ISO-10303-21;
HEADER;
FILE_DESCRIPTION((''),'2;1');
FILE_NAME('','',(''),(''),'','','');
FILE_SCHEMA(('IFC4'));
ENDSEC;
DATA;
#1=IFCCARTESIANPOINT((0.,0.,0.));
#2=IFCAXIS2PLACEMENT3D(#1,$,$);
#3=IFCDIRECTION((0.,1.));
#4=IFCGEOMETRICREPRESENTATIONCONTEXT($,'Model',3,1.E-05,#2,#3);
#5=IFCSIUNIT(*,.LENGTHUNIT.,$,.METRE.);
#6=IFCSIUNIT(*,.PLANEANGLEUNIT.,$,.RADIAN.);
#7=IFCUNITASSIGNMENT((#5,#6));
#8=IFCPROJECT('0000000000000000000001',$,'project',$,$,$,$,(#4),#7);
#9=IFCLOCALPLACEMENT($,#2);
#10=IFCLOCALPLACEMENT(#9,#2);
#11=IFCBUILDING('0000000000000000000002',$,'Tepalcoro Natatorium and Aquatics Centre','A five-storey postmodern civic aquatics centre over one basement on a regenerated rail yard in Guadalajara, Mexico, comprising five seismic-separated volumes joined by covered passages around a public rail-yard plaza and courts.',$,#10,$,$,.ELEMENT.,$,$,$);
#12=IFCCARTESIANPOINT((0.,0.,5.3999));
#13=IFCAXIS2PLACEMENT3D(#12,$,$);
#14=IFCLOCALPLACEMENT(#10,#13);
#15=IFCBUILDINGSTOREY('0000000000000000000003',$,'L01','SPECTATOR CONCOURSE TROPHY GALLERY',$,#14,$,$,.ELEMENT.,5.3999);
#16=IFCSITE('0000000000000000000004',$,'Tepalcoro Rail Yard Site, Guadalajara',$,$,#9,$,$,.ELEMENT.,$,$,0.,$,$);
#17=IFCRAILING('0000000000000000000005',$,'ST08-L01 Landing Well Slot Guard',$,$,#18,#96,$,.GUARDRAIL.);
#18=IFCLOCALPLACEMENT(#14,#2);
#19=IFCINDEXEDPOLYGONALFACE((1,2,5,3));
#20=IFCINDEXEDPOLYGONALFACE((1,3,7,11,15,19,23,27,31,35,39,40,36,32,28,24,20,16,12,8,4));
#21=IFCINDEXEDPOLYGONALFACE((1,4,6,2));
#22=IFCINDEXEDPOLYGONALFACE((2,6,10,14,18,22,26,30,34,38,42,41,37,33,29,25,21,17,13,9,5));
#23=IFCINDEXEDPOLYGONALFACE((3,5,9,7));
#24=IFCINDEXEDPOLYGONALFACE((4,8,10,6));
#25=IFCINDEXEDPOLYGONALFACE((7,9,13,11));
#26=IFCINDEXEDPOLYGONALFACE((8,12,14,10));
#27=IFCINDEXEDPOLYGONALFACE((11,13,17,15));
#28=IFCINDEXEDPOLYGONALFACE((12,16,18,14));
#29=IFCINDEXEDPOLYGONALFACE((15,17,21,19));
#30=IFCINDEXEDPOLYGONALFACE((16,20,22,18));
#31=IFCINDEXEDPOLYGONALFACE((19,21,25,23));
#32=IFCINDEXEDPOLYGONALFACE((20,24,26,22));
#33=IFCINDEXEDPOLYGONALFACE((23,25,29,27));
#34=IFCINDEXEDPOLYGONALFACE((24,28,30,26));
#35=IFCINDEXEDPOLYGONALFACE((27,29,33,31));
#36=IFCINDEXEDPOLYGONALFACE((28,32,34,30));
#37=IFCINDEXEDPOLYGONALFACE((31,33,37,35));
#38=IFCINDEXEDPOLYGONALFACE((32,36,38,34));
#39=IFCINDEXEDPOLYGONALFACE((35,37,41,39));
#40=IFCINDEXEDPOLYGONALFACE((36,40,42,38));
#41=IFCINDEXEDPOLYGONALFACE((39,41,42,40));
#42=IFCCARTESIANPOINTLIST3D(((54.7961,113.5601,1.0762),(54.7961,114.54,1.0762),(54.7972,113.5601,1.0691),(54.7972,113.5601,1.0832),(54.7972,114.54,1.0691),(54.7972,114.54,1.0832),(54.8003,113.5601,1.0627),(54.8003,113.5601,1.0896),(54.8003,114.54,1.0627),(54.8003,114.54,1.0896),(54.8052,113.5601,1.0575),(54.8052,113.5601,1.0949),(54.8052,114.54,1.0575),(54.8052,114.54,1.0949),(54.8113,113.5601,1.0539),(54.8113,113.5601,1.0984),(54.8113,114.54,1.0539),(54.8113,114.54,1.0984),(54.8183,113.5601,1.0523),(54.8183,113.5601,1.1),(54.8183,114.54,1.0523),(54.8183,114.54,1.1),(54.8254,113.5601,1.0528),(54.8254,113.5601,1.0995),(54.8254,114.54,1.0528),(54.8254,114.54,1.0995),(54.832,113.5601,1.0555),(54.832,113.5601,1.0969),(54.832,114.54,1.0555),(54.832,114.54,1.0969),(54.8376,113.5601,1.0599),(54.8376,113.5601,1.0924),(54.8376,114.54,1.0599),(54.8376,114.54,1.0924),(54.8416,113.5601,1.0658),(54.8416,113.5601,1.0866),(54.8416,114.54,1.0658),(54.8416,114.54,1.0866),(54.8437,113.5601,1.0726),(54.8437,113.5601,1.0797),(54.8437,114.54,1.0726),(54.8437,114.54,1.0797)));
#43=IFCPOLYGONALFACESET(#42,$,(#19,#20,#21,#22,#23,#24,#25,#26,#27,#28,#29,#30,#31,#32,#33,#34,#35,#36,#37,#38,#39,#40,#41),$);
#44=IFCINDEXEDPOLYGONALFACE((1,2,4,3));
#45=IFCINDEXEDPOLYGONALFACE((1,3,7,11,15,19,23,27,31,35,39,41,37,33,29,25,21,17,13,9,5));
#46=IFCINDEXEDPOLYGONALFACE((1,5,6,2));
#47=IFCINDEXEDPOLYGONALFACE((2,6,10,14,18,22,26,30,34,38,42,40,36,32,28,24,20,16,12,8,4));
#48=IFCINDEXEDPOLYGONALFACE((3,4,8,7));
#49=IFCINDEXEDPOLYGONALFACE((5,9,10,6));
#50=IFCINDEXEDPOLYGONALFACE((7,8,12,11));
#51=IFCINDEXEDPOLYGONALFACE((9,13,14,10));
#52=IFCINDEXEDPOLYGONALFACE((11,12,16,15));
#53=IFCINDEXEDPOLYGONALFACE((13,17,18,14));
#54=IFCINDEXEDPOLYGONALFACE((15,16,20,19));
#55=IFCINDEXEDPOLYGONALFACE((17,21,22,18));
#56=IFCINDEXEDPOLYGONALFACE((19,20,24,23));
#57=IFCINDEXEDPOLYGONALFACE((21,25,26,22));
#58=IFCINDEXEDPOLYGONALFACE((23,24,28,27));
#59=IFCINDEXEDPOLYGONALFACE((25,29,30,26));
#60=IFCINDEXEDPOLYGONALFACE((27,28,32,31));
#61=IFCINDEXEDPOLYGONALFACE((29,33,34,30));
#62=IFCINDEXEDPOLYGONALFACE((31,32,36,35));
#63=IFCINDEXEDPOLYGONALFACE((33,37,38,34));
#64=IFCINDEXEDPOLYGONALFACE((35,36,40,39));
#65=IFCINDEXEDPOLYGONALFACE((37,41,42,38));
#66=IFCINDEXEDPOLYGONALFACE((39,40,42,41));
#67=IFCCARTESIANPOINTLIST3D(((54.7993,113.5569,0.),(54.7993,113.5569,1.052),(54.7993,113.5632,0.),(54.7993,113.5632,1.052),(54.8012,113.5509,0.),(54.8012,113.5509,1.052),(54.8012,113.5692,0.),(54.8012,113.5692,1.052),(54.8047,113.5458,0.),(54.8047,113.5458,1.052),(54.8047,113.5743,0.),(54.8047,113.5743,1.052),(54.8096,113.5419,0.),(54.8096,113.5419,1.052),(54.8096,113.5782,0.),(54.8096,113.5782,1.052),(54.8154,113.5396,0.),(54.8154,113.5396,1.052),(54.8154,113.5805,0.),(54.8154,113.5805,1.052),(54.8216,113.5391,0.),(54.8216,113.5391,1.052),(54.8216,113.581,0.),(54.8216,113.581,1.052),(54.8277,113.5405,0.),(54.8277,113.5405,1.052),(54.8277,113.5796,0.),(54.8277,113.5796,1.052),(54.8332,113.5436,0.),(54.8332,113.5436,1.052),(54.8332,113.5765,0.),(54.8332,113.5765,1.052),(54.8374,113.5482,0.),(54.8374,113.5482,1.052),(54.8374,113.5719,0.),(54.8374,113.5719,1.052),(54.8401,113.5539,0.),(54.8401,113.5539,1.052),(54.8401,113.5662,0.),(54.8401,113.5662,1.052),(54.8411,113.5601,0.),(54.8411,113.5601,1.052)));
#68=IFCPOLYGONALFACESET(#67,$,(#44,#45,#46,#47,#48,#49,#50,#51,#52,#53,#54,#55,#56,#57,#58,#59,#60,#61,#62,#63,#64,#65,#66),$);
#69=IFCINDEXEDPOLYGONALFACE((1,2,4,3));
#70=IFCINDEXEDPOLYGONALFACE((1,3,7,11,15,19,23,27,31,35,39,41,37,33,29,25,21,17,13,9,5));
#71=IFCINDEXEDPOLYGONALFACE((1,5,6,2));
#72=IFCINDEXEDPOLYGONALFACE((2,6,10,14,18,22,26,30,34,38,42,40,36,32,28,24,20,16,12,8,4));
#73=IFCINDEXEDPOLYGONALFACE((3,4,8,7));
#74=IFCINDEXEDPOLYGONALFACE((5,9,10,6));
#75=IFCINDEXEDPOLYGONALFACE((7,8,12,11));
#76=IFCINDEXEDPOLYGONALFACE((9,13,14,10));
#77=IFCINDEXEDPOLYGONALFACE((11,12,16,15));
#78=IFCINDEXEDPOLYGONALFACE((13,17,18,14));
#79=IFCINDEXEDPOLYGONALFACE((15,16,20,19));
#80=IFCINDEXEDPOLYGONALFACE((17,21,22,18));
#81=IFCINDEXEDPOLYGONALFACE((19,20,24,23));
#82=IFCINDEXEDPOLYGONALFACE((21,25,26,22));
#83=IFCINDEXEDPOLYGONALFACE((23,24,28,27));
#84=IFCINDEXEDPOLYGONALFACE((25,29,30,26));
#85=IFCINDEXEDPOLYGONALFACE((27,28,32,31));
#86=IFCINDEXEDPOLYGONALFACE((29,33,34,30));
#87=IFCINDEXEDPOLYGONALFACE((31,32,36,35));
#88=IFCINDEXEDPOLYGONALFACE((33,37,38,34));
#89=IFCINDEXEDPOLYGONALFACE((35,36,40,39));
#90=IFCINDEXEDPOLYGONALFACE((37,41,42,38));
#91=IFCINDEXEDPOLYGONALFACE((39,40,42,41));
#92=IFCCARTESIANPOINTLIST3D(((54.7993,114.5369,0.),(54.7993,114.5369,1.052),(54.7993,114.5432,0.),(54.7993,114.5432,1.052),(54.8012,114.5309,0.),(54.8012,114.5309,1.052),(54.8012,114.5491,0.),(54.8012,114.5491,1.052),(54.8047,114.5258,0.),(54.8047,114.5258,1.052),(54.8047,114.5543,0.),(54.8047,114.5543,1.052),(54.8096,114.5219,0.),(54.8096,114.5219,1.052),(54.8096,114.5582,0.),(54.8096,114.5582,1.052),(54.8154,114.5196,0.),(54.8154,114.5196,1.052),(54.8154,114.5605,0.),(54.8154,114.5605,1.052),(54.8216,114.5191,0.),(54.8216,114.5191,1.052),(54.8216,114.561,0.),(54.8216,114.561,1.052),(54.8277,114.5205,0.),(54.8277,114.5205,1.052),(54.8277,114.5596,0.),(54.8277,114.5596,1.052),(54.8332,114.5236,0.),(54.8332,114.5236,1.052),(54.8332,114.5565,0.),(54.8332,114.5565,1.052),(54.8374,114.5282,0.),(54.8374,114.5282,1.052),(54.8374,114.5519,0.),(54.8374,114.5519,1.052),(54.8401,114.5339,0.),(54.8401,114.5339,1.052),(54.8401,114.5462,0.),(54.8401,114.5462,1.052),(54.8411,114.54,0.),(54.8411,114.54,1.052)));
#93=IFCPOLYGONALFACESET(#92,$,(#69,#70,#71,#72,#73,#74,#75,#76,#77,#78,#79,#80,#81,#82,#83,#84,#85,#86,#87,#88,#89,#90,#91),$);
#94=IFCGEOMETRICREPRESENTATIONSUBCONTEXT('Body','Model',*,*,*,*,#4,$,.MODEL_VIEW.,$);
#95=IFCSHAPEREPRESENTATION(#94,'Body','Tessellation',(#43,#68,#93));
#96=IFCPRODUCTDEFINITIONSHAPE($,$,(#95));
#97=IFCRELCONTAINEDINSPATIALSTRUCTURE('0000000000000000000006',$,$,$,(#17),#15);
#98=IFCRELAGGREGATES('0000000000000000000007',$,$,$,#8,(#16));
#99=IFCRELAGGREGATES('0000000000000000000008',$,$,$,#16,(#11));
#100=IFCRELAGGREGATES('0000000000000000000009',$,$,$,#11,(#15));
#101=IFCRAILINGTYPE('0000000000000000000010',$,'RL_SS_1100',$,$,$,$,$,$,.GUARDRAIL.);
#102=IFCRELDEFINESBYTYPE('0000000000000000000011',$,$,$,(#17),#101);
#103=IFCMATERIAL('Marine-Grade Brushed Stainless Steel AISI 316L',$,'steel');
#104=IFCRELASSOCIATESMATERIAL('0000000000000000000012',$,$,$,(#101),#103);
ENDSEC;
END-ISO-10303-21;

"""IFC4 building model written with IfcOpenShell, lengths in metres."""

from ifc_helpers import new_model, si_unit, direction, frame, origin, origin_2d, place, context, subcontext, project, spatial, circle, extrude, material, type_object, element, save


model = new_model("IFC4")

# Units and contexts
model_context = context("Model", 3, precision=1e-05, world=origin(), true_north=direction((0.0, 1.0)))
body_context = subcontext(model_context, "Body", "Model", "MODEL_VIEW")
ifc_project = project(units=[si_unit("LENGTHUNIT", "METRE"), si_unit("PLANEANGLEUNIT", "RADIAN")], contexts=[model_context])

# Site, building, storey
site_placement = place(None, origin())
site = spatial("IfcSite", under=ifc_project, at=site_placement, Name="Tepalcoro Rail Yard Site, Guadalajara", CompositionType="ELEMENT", RefElevation=0.0)
building_placement = place(site_placement, origin())
building = spatial("IfcBuilding", under=site, at=building_placement, Name="Tepalcoro Natatorium and Aquatics Centre", Description="A five-storey postmodern civic aquatics centre over one basement on a regenerated rail yard in Guadalajara, Mexico, comprising five seismic-separated volumes joined by covered passages around a public rail-yard plaza and courts.", CompositionType="ELEMENT")
storey_placement = place(building_placement, frame((0.0, 0.0, 5.3999)))
storey = spatial("IfcBuildingStorey", under=building, at=storey_placement, Name="L01", Description="SPECTATOR CONCOURSE TROPHY GALLERY", CompositionType="ELEMENT", Elevation=5.3999)

# Railing
ifc_material_1 = material(Name="Marine-Grade Brushed Stainless Steel AISI 316L", Category="steel")
railing_type_1 = type_object("IfcRailingType", Name="RL_SS_1100", PredefinedType="GUARDRAIL", material=ifc_material_1)
railing_1_placement = place(storey_placement, frame((54.8201, 113.5601, 0.0)))
element("IfcRailing", 1, at=railing_1_placement, inside=storey, type_object=railing_type_1, Name="ST08-L01 Landing Well Slot Guard", PredefinedType="GUARDRAIL", context=body_context, shape_type="SweptSolid", body=[
    extrude(circle(Radius=0.0239, at=origin_2d()), frame((0.0, 0.0, 1.0762), z_axis=(0.0, 1.0, 0.0), x_axis=(-1.0, 0.0, 0.0)), (0.0, 0.0, 1.0), 0.98),
    extrude(circle(Radius=0.021, at=origin_2d()), origin(), (0.0, 0.0, 1.0), 1.052),
    extrude(circle(Radius=0.021, at=origin_2d()), frame((0.0, 0.98, 0.0)), (0.0, 0.0, 1.0), 1.052),
])

save(model, "model.ifc")
